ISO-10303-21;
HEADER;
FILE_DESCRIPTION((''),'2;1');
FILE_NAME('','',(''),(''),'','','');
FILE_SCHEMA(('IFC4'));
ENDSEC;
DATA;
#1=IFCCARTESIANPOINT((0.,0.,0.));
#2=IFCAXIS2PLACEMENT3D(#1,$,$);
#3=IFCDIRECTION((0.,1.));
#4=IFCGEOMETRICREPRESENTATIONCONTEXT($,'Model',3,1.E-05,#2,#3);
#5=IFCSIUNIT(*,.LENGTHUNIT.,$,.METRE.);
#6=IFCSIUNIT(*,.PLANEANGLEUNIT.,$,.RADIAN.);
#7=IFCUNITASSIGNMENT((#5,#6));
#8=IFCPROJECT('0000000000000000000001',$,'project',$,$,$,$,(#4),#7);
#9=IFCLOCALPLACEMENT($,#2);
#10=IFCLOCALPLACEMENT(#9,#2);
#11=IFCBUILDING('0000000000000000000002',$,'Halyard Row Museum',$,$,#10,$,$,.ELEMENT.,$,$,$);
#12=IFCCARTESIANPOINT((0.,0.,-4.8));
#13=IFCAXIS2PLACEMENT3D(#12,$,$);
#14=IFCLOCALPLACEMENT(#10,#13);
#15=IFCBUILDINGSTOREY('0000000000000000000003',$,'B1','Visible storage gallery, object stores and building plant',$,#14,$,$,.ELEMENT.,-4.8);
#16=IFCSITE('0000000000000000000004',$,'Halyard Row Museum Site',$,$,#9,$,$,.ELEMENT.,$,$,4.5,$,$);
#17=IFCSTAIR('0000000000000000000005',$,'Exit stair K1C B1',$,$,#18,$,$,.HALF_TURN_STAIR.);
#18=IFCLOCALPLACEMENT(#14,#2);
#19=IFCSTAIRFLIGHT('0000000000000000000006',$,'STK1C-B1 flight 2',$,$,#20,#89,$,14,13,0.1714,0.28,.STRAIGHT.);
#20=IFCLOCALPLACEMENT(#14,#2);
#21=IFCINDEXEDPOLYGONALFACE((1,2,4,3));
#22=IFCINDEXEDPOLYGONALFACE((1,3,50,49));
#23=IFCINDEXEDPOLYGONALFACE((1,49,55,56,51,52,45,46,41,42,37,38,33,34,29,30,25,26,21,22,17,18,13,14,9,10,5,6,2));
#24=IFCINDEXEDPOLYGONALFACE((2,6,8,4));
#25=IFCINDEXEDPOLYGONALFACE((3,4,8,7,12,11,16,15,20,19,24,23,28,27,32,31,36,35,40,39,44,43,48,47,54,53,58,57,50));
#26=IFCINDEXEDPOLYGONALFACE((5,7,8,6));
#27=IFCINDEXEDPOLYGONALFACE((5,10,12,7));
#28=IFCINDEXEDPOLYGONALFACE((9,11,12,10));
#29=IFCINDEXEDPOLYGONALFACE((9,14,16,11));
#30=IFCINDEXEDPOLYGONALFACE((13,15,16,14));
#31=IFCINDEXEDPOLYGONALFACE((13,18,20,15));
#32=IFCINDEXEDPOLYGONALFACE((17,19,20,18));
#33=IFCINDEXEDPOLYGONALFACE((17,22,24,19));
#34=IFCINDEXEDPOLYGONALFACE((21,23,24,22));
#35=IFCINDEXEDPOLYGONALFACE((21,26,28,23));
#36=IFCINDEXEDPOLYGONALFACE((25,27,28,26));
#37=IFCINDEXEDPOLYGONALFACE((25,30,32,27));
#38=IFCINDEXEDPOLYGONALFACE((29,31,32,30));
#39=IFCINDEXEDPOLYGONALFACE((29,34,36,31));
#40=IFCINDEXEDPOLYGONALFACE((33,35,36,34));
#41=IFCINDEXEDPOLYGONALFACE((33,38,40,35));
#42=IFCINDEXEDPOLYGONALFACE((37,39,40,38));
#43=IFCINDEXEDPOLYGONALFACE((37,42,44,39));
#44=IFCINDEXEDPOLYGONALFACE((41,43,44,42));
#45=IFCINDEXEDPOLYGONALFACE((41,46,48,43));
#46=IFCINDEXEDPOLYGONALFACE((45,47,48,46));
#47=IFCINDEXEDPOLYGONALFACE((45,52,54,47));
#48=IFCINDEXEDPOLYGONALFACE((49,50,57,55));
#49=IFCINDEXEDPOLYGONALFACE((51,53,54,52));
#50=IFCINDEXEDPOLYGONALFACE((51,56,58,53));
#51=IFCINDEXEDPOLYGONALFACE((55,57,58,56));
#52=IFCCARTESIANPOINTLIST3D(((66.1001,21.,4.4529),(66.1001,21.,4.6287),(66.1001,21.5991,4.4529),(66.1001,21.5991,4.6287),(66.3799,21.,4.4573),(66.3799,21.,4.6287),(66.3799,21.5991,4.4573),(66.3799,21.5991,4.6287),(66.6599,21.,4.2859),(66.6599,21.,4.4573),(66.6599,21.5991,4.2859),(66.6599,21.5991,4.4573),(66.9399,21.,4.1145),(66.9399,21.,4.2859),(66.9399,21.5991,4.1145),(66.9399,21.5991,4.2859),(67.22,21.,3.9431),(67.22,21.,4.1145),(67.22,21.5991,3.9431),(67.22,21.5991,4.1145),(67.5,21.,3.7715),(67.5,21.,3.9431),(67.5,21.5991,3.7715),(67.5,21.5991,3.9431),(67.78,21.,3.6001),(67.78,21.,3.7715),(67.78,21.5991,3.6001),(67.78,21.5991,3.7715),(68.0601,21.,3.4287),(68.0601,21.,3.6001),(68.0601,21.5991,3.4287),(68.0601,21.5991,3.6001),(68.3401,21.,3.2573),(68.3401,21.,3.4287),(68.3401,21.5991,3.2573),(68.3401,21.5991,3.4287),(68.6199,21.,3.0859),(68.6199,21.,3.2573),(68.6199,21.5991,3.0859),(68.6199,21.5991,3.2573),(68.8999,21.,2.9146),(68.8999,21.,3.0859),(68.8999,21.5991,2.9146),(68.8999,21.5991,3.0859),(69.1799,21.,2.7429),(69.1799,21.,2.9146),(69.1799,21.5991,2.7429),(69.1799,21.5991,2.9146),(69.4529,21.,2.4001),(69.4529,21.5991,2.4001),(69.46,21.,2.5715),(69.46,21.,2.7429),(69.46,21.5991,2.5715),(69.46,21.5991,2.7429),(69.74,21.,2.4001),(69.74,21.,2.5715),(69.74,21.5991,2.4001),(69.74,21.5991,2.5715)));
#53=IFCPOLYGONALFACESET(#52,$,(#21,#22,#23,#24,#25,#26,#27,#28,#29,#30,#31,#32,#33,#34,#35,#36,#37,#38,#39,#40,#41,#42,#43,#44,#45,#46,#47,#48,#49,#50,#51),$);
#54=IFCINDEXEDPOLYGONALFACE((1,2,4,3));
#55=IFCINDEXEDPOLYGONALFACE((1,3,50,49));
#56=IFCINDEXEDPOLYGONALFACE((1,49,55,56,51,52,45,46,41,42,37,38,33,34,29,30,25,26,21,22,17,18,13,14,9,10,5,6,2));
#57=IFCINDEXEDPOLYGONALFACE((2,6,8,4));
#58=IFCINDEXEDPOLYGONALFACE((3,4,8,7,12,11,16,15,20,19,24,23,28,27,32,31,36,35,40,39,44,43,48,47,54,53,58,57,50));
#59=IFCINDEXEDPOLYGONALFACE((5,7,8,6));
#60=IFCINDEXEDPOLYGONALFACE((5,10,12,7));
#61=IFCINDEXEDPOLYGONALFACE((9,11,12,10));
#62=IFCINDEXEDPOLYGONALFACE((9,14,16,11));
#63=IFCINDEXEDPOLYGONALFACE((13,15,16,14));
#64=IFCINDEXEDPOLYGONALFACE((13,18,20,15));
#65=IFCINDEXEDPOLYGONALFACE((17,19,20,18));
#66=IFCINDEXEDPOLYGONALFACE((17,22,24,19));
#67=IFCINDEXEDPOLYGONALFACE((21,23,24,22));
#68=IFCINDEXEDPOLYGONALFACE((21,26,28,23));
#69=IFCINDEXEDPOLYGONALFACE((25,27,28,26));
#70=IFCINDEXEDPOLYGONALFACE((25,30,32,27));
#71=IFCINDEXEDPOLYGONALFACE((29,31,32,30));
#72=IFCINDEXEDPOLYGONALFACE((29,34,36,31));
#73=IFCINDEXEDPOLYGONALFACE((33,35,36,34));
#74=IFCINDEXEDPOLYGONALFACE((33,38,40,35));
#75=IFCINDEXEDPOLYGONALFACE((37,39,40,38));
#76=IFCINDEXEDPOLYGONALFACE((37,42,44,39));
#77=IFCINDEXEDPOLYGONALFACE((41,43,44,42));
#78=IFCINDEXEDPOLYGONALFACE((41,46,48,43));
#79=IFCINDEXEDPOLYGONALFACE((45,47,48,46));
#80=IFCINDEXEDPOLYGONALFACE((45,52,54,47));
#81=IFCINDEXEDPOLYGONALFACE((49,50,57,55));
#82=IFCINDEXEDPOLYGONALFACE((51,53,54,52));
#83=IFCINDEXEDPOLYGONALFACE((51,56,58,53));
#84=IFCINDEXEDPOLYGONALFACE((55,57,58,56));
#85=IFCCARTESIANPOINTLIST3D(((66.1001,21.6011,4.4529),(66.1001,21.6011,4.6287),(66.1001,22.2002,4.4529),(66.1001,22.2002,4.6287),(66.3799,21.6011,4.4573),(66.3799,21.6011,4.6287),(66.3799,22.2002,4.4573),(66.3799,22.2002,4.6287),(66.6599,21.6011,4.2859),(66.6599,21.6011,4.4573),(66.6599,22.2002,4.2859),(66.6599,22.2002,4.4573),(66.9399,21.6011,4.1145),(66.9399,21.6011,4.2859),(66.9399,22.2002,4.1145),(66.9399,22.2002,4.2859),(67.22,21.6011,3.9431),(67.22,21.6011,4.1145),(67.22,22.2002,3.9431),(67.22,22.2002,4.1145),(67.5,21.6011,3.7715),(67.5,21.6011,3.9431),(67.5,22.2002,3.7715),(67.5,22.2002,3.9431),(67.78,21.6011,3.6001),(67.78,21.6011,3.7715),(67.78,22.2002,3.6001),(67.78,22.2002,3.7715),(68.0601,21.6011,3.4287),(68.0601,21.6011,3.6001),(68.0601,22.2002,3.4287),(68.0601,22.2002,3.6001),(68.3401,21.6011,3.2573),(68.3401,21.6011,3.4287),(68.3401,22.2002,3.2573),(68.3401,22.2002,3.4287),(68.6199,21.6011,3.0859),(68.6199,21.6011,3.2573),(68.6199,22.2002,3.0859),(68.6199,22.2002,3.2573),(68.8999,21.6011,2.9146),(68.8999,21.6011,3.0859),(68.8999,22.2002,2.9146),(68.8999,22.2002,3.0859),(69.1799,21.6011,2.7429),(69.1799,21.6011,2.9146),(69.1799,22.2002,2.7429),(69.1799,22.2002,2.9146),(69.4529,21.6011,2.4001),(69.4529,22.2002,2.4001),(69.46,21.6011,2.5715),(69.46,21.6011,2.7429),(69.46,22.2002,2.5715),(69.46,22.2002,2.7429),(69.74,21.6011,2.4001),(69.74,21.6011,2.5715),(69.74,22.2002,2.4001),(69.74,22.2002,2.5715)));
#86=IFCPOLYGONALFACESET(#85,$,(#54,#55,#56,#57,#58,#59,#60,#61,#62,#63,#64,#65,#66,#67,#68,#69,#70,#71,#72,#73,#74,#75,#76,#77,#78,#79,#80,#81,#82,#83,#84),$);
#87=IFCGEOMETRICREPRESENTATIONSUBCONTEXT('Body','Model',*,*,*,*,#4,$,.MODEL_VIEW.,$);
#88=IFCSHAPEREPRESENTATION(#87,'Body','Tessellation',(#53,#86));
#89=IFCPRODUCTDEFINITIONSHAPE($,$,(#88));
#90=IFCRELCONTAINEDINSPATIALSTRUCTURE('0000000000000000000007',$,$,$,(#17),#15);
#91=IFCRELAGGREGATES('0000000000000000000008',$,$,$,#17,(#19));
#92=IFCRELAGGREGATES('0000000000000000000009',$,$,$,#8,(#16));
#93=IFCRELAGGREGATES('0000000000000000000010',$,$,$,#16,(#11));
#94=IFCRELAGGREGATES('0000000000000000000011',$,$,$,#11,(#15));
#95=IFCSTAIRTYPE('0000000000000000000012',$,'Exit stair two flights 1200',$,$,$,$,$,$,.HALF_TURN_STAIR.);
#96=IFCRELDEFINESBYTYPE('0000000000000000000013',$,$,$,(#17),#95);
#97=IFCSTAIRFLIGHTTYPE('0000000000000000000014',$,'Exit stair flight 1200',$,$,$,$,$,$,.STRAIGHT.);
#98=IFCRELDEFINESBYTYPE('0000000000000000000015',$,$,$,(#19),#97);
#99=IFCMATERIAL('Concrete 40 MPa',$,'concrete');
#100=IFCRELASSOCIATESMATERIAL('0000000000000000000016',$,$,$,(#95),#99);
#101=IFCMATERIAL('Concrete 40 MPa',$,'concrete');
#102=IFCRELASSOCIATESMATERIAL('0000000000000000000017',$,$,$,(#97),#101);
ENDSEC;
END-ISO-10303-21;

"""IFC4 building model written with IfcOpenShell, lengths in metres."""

from ifc_helpers import new_model, si_unit, direction, frame, origin, place, context, subcontext, project, spatial, polyline, outline, extrude, material, type_object, element, aggregate, save


model = new_model("IFC4")

# Units and contexts
model_context = context("Model", 3, precision=1e-05, world=origin(), true_north=direction((0.0, 1.0)))
body_context = subcontext(model_context, "Body", "Model", "MODEL_VIEW")
ifc_project = project(units=[si_unit("LENGTHUNIT", "METRE"), si_unit("PLANEANGLEUNIT", "RADIAN")], contexts=[model_context])

# Site, building, storey
site_placement = place(None, origin())
site = spatial("IfcSite", under=ifc_project, at=site_placement, Name="Halyard Row Museum Site", CompositionType="ELEMENT", RefElevation=4.5)
building_placement = place(site_placement, origin())
building = spatial("IfcBuilding", under=site, at=building_placement, Name="Halyard Row Museum", CompositionType="ELEMENT")
storey_placement = place(building_placement, frame((0.0, 0.0, -4.8)))
storey = spatial("IfcBuildingStorey", under=building, at=storey_placement, Name="B1", Description="Visible storage gallery, object stores and building plant", CompositionType="ELEMENT", Elevation=-4.8)

# Stair, stair flight
ifc_material_1 = material(Name="Concrete 40 MPa", Category="concrete")
stair_type = type_object("IfcStairType", Name="Exit stair two flights 1200", PredefinedType="HALF_TURN_STAIR", material=ifc_material_1)
stair_placement = place(storey_placement, origin())
stair = element("IfcStair", 1, at=stair_placement, inside=storey, type_object=stair_type, Name="Exit stair K1C B1", PredefinedType="HALF_TURN_STAIR")
ifc_material_2 = material(Name="Concrete 40 MPa", Category="concrete")
stair_flight_type = type_object("IfcStairFlightType", Name="Exit stair flight 1200", PredefinedType="STRAIGHT", material=ifc_material_2)
stair_flight_placement = place(storey_placement, frame((69.74, 21.6001, 2.4001), z_axis=(0.0, 0.0, 1.0), x_axis=(-1.0, 0.0, 0.0)))
stair_flight = element("IfcStairFlight", 2, at=stair_flight_placement, type_object=stair_flight_type, Name="STK1C-B1 flight 2", NumberOfRisers=14, NumberOfTreads=13, PredefinedType="STRAIGHT", RiserHeight=0.1714, TreadLength=0.28, context=body_context, shape_type="SweptSolid", body=[
    extrude(outline(polyline([(0.0, 0.0), (0.0, 0.1714), (0.28, 0.1714), (0.28, 0.3428), (0.5601, 0.3428), (0.5601, 0.5144), (0.8401, 0.5144), (0.8401, 0.6858), (1.1201, 0.6858), (1.1201, 0.8572), (1.3999, 0.8572), (1.3999, 1.0286), (1.6799, 1.0286), (1.6799, 1.2), (1.96, 1.2), (1.96, 1.3713), (2.24, 1.3713), (2.24, 1.543), (2.52, 1.543), (2.52, 1.7144), (2.8, 1.7144), (2.8, 1.8857), (3.0801, 1.8857), (3.0801, 2.0571), (3.3601, 2.0571), (3.3601, 2.2285), (3.6399, 2.2285), (3.6399, 2.3999), (3.6399, 2.0527), (0.2871, 0.0), (0.0, 0.0)])), frame((0.0, 0.6001, 0.0), z_axis=(0.0, -1.0, 0.0), x_axis=(1.0, 0.0, 0.0)), (0.0, 0.0, 1.0), 0.5991),
    extrude(outline(polyline([(0.0, 0.0), (0.0, 0.1714), (0.28, 0.1714), (0.28, 0.3428), (0.5601, 0.3428), (0.5601, 0.5144), (0.8401, 0.5144), (0.8401, 0.6858), (1.1201, 0.6858), (1.1201, 0.8572), (1.3999, 0.8572), (1.3999, 1.0286), (1.6799, 1.0286), (1.6799, 1.2), (1.96, 1.2), (1.96, 1.3713), (2.24, 1.3713), (2.24, 1.543), (2.52, 1.543), (2.52, 1.7144), (2.8, 1.7144), (2.8, 1.8857), (3.0801, 1.8857), (3.0801, 2.0571), (3.3601, 2.0571), (3.3601, 2.2285), (3.6399, 2.2285), (3.6399, 2.3999), (3.6399, 2.0527), (0.2871, 0.0), (0.0, 0.0)])), frame((0.0, -0.001, 0.0), z_axis=(0.0, -1.0, 0.0), x_axis=(1.0, 0.0, 0.0)), (0.0, 0.0, 1.0), 0.5991),
])
aggregate(stair, [stair_flight])

save(model, "model.ifc")
